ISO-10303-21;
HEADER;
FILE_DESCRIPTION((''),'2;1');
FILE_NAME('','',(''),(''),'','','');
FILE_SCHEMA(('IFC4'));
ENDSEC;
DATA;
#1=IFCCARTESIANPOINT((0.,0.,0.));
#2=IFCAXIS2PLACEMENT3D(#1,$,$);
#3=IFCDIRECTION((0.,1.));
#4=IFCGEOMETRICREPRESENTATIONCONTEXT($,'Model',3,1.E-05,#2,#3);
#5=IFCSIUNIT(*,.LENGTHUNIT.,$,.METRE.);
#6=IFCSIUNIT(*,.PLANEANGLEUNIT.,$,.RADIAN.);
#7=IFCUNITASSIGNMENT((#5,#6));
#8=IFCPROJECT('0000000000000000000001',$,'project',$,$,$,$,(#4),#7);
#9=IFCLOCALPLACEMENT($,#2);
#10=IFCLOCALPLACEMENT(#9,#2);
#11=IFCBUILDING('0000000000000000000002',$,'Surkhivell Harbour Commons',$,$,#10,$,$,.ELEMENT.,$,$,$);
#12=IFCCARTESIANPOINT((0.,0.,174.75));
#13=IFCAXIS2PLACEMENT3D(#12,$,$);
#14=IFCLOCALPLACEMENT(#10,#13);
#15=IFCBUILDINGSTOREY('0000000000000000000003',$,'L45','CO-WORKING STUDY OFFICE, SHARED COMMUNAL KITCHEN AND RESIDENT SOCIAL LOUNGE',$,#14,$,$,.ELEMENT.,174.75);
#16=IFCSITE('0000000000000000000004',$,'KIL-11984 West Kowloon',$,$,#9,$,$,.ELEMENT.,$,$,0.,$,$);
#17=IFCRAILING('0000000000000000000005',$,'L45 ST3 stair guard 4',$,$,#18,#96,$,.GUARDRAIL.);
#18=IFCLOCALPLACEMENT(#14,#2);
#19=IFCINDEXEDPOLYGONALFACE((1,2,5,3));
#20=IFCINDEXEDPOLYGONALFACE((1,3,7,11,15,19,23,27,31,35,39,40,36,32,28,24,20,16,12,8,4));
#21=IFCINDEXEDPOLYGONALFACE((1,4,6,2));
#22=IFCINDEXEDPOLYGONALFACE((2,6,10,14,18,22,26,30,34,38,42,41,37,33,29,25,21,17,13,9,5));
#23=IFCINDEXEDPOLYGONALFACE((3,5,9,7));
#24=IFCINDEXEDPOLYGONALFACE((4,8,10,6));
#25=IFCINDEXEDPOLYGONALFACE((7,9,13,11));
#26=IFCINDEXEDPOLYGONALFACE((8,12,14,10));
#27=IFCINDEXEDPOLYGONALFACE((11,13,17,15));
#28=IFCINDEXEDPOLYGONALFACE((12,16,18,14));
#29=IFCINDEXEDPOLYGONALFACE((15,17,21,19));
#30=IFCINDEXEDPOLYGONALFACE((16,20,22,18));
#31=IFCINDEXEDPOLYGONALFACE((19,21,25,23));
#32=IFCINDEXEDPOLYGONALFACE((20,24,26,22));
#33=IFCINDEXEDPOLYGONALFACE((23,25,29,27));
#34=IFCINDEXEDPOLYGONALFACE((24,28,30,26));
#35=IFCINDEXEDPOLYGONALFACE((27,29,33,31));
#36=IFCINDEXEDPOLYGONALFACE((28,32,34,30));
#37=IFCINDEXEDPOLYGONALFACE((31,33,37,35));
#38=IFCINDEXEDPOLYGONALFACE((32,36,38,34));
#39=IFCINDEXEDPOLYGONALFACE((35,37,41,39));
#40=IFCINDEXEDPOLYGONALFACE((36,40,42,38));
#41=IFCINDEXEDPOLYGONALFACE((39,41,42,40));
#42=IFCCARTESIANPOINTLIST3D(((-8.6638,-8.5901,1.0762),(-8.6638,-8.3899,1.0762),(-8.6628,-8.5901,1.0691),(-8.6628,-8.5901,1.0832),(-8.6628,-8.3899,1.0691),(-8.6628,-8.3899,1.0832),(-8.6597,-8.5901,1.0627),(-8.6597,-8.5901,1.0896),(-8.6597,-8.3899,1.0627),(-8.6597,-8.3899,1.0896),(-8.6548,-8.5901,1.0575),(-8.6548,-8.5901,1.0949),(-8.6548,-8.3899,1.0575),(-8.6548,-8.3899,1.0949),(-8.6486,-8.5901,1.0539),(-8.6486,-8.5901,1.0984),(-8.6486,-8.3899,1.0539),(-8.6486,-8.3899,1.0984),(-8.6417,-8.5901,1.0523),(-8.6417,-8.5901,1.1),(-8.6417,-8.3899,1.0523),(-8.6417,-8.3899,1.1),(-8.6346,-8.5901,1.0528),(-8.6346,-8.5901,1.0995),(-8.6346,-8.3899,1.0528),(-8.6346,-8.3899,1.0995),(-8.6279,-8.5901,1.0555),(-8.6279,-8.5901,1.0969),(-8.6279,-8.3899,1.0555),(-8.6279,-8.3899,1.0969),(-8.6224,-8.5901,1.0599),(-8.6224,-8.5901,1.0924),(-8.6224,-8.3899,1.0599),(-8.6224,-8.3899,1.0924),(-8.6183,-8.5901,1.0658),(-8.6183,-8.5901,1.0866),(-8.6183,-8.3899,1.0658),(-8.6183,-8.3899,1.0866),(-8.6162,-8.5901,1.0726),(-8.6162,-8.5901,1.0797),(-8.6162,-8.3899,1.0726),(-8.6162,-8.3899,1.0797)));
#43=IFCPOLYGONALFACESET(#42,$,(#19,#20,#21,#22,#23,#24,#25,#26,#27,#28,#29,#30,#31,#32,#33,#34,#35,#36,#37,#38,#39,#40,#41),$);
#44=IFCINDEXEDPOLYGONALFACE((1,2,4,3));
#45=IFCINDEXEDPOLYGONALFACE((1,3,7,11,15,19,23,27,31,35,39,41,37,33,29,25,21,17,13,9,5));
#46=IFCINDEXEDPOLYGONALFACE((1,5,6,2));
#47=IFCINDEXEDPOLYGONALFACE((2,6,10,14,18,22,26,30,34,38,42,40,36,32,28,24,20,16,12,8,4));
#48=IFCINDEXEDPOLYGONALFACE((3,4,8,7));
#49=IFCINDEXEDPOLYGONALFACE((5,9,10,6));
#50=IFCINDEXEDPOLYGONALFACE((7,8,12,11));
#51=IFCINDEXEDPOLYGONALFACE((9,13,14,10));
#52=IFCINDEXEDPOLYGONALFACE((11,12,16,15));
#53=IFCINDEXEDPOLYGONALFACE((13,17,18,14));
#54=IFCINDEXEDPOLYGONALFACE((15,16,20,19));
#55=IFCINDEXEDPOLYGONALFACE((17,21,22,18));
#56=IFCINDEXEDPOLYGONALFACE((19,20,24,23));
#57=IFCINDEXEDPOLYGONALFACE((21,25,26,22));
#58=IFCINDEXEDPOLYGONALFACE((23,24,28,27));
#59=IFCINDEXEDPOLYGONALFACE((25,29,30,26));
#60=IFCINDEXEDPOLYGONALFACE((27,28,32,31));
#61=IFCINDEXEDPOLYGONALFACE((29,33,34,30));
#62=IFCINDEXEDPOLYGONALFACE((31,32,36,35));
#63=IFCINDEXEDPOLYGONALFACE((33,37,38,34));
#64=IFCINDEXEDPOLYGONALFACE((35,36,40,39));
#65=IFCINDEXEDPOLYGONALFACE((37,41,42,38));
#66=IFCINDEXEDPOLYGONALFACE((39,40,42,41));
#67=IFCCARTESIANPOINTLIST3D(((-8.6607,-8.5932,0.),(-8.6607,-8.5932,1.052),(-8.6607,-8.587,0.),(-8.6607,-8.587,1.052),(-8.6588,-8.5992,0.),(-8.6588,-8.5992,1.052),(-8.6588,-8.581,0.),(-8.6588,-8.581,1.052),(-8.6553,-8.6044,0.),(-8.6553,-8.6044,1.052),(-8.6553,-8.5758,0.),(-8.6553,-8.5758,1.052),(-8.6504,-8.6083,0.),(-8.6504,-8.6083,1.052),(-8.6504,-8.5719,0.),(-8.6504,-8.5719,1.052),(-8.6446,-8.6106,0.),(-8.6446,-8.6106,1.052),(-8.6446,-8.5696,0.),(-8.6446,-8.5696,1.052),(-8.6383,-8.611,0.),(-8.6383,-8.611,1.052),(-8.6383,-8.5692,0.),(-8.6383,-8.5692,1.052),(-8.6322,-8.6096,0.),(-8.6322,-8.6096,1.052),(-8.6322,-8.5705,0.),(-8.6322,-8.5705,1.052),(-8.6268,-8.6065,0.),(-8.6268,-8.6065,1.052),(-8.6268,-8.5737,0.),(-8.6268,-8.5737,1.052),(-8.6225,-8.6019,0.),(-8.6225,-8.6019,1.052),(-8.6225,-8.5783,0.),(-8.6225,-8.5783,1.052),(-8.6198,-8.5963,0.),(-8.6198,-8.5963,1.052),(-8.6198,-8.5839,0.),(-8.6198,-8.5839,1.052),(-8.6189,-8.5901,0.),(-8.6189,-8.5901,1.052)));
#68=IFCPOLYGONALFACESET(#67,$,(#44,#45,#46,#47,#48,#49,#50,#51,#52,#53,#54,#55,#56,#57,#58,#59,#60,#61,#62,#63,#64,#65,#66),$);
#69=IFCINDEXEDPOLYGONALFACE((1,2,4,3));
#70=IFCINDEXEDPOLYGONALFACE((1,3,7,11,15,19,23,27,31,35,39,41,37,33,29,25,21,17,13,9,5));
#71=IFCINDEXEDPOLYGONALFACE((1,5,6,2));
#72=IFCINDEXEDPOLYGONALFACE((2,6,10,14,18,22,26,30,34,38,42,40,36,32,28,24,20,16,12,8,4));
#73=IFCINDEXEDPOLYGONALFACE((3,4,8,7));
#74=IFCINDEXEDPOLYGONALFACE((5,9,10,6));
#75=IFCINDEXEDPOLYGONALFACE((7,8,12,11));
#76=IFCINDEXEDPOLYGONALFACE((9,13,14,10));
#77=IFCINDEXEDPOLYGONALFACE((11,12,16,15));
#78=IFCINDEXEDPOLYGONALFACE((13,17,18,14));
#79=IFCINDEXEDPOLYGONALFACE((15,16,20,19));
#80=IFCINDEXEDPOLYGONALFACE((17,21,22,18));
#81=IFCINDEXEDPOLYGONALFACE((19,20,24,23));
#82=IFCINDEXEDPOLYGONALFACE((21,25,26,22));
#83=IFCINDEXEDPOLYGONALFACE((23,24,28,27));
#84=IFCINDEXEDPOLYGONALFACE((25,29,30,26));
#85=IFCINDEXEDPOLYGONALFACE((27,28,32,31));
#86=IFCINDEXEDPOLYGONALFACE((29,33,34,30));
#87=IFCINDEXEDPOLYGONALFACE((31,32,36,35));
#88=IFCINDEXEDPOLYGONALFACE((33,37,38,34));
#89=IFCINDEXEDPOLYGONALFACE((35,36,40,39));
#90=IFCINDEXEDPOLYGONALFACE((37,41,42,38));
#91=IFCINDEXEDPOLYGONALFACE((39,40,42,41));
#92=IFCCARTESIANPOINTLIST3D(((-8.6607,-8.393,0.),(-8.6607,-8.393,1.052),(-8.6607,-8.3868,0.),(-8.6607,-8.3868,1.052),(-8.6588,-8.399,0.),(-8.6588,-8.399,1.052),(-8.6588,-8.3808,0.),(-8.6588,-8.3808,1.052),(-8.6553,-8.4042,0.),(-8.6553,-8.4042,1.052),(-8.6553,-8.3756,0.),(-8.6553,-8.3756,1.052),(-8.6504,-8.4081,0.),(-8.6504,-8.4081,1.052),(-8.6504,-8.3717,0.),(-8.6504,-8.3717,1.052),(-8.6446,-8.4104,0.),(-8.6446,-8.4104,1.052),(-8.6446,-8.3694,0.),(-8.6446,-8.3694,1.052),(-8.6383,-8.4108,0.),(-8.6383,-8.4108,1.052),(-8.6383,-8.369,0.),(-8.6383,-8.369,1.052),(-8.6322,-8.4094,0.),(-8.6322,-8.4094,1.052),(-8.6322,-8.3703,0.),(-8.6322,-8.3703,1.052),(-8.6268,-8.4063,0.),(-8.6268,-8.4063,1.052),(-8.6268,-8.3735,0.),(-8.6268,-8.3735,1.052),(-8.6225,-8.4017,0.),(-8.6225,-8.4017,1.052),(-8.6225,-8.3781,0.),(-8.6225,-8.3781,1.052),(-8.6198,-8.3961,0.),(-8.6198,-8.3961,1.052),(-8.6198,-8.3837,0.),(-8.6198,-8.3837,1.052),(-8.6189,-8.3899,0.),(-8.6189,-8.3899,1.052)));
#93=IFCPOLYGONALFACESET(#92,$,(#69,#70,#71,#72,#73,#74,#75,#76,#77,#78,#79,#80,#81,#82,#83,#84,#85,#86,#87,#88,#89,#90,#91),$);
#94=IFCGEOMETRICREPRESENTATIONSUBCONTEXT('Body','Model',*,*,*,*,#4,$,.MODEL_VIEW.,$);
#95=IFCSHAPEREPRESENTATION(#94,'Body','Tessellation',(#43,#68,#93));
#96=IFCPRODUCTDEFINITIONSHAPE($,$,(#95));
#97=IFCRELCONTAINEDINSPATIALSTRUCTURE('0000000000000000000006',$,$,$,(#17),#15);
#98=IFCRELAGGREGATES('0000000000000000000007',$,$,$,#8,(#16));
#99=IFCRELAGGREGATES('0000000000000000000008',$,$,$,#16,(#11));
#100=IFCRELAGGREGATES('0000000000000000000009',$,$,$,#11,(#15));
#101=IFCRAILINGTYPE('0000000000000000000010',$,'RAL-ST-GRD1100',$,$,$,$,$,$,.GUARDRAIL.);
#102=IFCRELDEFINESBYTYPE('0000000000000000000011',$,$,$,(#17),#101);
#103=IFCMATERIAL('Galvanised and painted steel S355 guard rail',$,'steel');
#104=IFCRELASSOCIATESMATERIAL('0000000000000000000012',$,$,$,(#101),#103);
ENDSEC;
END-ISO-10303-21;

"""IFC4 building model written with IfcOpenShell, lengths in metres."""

from ifc_helpers import new_model, si_unit, direction, frame, origin, origin_2d, place, context, subcontext, project, spatial, circle, extrude, material, type_object, element, save


model = new_model("IFC4")

# Units and contexts
model_context = context("Model", 3, precision=1e-05, world=origin(), true_north=direction((0.0, 1.0)))
body_context = subcontext(model_context, "Body", "Model", "MODEL_VIEW")
ifc_project = project(units=[si_unit("LENGTHUNIT", "METRE"), si_unit("PLANEANGLEUNIT", "RADIAN")], contexts=[model_context])

# Site, building, storey
site_placement = place(None, origin())
site = spatial("IfcSite", under=ifc_project, at=site_placement, Name="KIL-11984 West Kowloon", CompositionType="ELEMENT", RefElevation=0.0)
building_placement = place(site_placement, origin())
building = spatial("IfcBuilding", under=site, at=building_placement, Name="Surkhivell Harbour Commons", CompositionType="ELEMENT")
storey_placement = place(building_placement, frame((0.0, 0.0, 174.75)))
storey = spatial("IfcBuildingStorey", under=building, at=storey_placement, Name="L45", Description="CO-WORKING STUDY OFFICE, SHARED COMMUNAL KITCHEN AND RESIDENT SOCIAL LOUNGE", CompositionType="ELEMENT", Elevation=174.75)

# Railing
ifc_material_1 = material(Name="Galvanised and painted steel S355 guard rail", Category="steel")
railing_type_1 = type_object("IfcRailingType", Name="RAL-ST-GRD1100", PredefinedType="GUARDRAIL", material=ifc_material_1)
railing_1_placement = place(storey_placement, frame((-8.6399, -8.5901, 0.0)))
element("IfcRailing", 1, at=railing_1_placement, inside=storey, type_object=railing_type_1, Name="L45 ST3 stair guard 4", PredefinedType="GUARDRAIL", context=body_context, shape_type="SweptSolid", body=[
    extrude(circle(Radius=0.0239, at=origin_2d()), frame((0.0, 0.0, 1.0762), z_axis=(0.0, 1.0, 0.0), x_axis=(-1.0, 0.0, 0.0)), (0.0, 0.0, 1.0), 0.2002),
    extrude(circle(Radius=0.021, at=origin_2d()), origin(), (0.0, 0.0, 1.0), 1.052),
    extrude(circle(Radius=0.021, at=origin_2d()), frame((0.0, 0.2002, 0.0)), (0.0, 0.0, 1.0), 1.052),
])

save(model, "model.ifc")
